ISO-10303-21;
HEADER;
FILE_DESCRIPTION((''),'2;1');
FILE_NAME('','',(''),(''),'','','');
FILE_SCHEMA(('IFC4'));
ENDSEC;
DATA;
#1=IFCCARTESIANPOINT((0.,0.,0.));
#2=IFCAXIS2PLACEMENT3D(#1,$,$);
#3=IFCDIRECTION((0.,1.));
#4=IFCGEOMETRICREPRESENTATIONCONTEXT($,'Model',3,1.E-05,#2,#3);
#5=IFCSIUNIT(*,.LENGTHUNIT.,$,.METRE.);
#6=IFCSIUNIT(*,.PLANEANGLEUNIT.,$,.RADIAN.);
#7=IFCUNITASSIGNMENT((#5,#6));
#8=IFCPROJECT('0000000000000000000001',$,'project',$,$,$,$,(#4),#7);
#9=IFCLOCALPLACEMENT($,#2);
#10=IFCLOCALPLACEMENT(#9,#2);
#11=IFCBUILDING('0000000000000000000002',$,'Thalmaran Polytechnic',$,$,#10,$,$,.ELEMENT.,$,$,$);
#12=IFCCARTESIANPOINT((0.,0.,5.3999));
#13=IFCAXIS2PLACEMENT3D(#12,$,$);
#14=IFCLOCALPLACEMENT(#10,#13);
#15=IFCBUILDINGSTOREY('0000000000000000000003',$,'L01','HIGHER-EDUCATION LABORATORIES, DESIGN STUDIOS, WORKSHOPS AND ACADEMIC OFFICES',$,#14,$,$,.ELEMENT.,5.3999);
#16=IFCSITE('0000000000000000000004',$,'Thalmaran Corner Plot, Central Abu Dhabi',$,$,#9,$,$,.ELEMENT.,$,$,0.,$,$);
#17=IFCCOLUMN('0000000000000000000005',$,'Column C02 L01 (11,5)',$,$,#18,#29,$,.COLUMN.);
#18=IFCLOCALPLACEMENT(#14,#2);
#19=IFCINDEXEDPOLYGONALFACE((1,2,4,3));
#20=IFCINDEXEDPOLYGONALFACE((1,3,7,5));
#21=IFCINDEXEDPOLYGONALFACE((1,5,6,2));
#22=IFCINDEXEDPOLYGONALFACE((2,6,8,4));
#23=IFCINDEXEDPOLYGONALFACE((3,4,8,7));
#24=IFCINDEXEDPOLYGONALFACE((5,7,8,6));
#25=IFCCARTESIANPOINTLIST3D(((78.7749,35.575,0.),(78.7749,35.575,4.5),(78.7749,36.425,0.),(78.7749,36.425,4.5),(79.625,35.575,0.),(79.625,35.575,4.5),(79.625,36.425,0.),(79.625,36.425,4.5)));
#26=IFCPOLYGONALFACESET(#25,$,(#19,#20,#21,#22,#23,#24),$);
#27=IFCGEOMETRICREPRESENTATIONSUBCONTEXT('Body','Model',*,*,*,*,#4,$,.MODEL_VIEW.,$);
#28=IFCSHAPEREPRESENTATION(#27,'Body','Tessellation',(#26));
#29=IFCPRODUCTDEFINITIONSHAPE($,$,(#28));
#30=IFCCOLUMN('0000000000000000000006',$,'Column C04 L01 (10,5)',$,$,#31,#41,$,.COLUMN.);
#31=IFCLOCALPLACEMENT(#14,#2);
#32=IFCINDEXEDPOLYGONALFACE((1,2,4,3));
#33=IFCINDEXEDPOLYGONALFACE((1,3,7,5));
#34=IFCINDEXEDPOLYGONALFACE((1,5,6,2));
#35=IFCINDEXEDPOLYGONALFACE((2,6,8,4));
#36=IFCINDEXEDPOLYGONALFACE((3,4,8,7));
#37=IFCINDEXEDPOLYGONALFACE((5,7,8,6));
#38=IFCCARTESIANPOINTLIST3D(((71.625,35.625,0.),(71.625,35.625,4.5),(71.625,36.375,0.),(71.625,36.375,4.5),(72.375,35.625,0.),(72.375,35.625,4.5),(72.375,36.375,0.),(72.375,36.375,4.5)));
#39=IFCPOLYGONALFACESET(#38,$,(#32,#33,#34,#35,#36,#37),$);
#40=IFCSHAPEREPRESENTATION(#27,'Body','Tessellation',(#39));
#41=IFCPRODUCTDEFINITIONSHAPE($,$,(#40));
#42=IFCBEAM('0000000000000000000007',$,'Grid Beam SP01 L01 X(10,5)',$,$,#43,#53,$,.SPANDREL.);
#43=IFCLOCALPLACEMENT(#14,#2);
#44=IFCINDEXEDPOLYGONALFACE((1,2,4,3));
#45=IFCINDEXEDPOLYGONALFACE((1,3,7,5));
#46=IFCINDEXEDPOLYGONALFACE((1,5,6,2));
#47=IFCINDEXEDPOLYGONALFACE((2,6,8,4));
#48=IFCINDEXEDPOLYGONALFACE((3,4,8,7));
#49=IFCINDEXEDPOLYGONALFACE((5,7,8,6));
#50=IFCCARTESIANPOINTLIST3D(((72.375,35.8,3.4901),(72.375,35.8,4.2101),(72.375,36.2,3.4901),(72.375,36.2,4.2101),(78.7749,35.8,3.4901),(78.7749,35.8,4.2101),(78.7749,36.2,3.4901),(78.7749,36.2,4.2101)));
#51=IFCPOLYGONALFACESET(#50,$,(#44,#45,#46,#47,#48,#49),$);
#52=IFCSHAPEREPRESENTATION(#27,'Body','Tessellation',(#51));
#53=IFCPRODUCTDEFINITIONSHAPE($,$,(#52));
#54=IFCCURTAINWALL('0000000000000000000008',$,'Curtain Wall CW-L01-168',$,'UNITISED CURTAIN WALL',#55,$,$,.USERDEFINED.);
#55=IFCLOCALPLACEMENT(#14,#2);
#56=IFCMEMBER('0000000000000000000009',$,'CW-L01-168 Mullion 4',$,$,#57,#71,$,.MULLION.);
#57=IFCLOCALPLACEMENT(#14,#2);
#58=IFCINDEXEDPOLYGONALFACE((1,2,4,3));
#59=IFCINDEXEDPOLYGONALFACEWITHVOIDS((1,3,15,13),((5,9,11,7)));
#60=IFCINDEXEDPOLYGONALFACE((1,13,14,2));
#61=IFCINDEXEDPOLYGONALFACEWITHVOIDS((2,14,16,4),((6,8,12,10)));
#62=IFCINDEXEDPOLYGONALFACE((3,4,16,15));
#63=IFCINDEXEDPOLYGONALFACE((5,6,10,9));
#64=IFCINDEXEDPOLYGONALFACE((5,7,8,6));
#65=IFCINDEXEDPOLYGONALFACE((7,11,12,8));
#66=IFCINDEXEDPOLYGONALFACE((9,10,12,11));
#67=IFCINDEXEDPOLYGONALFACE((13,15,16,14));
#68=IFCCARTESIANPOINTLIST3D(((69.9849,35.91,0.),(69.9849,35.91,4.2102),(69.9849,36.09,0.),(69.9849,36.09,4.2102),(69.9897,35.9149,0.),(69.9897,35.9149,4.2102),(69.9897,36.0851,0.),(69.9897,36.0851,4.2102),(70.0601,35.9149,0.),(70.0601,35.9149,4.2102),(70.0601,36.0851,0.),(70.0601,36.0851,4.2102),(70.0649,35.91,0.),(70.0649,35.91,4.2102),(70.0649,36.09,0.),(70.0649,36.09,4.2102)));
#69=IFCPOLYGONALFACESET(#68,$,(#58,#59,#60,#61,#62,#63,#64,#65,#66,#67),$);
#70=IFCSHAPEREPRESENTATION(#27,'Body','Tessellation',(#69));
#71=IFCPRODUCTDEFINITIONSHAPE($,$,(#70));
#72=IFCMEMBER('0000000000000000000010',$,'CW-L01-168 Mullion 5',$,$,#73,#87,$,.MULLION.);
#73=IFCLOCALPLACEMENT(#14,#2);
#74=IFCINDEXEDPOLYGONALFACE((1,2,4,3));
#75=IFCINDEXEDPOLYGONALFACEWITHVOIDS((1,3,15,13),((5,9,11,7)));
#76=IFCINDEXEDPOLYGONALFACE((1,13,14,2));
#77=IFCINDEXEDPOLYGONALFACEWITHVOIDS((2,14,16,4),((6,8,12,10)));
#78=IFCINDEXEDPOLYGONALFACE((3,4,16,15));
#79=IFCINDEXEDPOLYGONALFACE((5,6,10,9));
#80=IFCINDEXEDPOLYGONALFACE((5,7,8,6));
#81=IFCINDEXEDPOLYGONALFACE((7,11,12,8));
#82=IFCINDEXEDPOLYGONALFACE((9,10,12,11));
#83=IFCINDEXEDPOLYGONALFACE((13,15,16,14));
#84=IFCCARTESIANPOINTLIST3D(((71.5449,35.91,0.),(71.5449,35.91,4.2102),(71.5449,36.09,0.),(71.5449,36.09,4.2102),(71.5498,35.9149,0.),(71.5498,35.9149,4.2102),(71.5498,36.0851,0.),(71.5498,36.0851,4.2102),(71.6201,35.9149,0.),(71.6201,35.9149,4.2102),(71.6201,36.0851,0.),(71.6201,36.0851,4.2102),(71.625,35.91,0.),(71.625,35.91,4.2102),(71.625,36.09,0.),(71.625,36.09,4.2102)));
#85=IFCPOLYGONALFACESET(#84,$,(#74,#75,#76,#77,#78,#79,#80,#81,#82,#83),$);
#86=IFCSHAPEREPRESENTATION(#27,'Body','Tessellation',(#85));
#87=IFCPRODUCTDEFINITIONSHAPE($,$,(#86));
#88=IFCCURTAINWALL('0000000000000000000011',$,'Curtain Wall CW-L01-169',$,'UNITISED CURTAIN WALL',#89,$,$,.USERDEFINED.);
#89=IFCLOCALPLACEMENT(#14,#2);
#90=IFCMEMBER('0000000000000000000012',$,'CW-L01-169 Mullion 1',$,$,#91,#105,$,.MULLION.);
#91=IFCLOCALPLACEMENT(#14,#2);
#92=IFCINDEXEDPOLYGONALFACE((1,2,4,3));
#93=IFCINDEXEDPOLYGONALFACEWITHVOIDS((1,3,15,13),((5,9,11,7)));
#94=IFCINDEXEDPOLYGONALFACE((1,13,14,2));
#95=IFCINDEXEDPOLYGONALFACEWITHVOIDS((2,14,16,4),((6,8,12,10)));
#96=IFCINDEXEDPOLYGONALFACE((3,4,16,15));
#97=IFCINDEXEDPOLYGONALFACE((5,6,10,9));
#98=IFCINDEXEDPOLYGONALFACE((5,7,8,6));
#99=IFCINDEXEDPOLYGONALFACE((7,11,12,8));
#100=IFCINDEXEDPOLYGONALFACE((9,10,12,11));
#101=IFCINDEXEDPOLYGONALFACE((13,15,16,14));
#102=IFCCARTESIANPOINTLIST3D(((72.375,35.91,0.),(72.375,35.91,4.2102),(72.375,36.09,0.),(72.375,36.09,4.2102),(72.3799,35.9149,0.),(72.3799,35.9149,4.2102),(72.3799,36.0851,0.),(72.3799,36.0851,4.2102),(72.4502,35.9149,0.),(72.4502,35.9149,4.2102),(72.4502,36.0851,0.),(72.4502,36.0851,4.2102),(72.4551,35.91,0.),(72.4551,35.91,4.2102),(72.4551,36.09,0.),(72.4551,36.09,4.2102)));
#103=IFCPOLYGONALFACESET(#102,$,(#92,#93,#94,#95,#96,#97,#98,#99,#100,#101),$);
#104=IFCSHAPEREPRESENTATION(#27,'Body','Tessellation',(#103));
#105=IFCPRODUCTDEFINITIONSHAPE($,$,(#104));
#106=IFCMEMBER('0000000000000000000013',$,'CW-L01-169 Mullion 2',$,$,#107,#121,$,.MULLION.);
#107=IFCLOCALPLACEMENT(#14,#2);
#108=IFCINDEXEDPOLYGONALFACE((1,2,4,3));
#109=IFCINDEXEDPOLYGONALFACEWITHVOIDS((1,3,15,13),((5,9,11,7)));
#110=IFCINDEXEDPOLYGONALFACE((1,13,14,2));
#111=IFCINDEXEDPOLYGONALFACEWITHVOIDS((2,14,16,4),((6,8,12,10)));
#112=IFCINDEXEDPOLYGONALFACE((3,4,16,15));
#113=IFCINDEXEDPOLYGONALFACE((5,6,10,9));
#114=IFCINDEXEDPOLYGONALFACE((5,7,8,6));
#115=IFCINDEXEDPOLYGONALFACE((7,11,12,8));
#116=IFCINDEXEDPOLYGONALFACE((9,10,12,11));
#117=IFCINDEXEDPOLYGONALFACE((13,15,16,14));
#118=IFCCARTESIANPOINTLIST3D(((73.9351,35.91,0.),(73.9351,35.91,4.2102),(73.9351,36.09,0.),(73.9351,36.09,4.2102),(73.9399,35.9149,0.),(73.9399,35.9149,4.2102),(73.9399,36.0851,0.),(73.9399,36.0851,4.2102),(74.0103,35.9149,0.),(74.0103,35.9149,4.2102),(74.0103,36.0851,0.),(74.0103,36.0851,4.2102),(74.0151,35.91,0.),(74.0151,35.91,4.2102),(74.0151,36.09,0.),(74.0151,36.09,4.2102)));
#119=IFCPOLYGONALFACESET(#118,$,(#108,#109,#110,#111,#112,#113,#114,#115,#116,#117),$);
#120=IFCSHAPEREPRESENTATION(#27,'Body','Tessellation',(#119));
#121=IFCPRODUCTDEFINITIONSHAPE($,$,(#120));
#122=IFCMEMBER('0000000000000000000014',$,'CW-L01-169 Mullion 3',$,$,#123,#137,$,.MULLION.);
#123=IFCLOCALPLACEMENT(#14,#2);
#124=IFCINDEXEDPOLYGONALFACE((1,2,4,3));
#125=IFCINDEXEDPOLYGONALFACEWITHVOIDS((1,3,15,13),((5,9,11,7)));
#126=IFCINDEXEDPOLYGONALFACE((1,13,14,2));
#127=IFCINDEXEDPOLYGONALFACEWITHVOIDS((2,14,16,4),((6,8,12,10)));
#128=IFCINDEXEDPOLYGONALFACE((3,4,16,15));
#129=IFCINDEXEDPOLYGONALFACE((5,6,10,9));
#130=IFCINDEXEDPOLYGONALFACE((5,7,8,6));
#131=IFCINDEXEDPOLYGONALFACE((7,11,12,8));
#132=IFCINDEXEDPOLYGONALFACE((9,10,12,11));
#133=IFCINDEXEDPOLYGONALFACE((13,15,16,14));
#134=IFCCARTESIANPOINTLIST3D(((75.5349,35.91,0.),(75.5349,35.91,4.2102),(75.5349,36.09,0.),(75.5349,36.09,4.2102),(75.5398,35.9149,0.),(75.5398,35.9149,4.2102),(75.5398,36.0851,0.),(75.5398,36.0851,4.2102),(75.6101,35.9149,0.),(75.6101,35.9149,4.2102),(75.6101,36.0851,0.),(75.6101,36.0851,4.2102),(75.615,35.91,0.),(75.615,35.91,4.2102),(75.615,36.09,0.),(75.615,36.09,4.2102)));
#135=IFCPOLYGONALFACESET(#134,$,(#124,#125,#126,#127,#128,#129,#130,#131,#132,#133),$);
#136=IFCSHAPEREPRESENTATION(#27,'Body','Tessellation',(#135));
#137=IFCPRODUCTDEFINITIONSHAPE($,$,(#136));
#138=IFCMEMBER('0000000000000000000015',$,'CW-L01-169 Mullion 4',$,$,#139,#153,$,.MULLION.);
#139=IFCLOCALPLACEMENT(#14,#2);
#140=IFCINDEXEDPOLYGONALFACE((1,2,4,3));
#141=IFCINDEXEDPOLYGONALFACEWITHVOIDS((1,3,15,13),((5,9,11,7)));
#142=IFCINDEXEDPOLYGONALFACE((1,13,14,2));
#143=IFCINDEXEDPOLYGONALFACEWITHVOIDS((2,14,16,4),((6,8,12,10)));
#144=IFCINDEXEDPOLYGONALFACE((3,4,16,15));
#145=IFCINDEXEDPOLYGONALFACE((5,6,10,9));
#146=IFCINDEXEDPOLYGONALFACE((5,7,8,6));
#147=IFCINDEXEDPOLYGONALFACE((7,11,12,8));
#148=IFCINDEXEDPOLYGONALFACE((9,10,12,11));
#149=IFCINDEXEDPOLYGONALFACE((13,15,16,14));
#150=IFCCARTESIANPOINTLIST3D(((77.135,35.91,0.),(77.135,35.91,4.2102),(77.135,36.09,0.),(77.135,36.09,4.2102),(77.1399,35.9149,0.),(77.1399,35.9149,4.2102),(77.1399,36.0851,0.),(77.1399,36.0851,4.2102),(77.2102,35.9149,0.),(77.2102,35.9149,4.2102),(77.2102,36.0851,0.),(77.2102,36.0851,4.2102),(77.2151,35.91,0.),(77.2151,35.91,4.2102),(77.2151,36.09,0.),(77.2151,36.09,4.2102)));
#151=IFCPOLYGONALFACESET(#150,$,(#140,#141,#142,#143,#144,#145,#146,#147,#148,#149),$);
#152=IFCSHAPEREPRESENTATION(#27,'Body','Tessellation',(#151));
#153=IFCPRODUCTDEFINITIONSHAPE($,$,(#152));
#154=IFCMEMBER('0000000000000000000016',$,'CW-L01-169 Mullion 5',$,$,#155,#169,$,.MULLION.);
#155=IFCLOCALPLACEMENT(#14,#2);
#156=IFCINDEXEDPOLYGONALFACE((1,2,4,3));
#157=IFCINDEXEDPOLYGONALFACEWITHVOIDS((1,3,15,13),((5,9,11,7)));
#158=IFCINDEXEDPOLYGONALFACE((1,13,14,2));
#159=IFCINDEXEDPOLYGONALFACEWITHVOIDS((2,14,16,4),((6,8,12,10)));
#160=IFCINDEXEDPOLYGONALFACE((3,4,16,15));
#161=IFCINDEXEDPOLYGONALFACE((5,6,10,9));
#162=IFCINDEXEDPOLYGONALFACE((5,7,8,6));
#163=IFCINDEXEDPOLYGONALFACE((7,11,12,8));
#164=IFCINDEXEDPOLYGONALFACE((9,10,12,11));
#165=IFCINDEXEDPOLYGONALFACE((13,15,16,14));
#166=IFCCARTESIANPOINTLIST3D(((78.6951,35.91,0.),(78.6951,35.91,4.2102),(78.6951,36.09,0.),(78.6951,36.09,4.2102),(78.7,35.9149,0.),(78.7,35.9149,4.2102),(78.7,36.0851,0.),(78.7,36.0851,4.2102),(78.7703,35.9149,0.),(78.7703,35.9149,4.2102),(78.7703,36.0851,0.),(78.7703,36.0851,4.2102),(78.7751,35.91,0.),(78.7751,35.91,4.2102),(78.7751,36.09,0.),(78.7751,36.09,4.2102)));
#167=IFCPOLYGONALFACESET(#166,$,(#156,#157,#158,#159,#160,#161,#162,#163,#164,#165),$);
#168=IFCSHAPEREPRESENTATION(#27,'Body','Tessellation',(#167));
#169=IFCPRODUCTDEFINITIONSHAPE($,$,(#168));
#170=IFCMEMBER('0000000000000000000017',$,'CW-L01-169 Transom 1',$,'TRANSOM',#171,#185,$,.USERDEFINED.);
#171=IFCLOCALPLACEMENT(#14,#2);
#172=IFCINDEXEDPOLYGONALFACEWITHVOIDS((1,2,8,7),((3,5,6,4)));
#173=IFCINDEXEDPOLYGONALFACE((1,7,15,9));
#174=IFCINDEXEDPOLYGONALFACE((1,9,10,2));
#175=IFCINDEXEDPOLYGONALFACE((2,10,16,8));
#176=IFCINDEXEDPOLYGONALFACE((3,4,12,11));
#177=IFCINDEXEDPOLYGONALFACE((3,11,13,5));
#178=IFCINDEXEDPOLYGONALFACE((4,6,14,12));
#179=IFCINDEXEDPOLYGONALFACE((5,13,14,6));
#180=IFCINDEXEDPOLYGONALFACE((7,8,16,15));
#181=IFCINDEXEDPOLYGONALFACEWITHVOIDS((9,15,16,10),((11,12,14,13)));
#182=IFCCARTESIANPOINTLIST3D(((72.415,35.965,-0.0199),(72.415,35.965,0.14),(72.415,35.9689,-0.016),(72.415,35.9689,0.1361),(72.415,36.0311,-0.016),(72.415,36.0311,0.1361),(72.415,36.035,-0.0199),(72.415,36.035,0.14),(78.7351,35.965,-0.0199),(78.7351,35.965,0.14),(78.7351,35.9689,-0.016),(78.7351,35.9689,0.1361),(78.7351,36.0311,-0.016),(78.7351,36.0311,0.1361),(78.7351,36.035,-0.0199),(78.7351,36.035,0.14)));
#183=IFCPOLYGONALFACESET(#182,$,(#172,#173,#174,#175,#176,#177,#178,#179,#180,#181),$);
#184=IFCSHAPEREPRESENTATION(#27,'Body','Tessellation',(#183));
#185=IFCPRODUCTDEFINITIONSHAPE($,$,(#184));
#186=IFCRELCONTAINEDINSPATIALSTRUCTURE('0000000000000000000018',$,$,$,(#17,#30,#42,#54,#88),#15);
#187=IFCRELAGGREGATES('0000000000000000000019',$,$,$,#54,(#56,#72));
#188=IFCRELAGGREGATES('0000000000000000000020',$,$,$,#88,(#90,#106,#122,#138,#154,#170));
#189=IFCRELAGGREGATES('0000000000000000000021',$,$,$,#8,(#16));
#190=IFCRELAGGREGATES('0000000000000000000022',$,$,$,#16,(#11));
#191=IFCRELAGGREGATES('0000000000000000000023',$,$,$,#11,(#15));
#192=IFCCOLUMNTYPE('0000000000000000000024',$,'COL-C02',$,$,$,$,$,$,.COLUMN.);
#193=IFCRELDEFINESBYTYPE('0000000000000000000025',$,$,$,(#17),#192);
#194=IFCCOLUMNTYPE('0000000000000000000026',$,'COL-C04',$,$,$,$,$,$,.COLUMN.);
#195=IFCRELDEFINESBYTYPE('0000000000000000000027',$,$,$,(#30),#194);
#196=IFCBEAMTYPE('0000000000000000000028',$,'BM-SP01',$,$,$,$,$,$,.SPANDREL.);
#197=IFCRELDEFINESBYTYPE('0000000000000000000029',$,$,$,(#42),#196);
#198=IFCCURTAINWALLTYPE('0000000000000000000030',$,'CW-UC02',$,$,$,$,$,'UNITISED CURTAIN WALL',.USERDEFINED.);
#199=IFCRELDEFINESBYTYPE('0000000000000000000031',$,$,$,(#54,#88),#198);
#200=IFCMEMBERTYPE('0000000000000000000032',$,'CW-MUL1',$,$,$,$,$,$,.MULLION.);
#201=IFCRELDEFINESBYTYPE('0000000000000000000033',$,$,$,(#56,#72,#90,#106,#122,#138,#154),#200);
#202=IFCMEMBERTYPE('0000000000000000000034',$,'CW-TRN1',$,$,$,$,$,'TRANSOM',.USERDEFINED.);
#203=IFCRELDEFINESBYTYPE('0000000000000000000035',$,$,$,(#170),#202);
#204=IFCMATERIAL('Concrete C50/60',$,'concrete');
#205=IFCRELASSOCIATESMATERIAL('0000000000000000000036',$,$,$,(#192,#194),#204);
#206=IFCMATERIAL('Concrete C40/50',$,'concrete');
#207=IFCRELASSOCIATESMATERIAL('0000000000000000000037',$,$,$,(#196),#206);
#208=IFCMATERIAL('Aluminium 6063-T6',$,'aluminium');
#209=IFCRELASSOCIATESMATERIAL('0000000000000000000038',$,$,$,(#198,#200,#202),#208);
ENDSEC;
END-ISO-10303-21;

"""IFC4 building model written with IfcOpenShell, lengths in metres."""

from ifc_helpers import new_model, si_unit, direction, frame, origin, origin_2d, place, context, subcontext, project, spatial, rectangle, hollow_rectangle, extrude, material, material_profile, profile_set, type_object, element, aggregate, save


model = new_model("IFC4")

# Units and contexts
model_context = context("Model", 3, precision=1e-05, world=origin(), true_north=direction((0.0, 1.0)))
body_context = subcontext(model_context, "Body", "Model", "MODEL_VIEW")
ifc_project = project(units=[si_unit("LENGTHUNIT", "METRE"), si_unit("PLANEANGLEUNIT", "RADIAN")], contexts=[model_context])

# Site, building, storey
site_placement = place(None, origin())
site = spatial("IfcSite", under=ifc_project, at=site_placement, Name="Thalmaran Corner Plot, Central Abu Dhabi", CompositionType="ELEMENT", RefElevation=0.0)
building_placement = place(site_placement, origin())
building = spatial("IfcBuilding", under=site, at=building_placement, Name="Thalmaran Polytechnic", CompositionType="ELEMENT")
storey_placement = place(building_placement, frame((0.0, 0.0, 5.3999)))
storey = spatial("IfcBuildingStorey", under=building, at=storey_placement, Name="L01", Description="HIGHER-EDUCATION LABORATORIES, DESIGN STUDIOS, WORKSHOPS AND ACADEMIC OFFICES", CompositionType="ELEMENT", Elevation=5.3999)

# Columns
ifc_material_1 = material(Name="Concrete C50/60", Category="concrete")
ifc_material_profile_1 = material_profile(ifc_material_1, rectangle(XDim=0.8501, YDim=0.8501, at=origin_2d()), Name="RC 850x850")
ifc_profile_set_1 = profile_set([ifc_material_profile_1], Name="Concrete C50/60")
column_type_1 = type_object("IfcColumnType", Name="COL-C02", PredefinedType="COLUMN", material=ifc_profile_set_1)
column_1_placement = place(storey_placement, frame((79.2, 36.0, 0.0), z_axis=(0.0, 0.0, 1.0), x_axis=(1.0, 0.0, 0.0)))
element("IfcColumn", 1, at=column_1_placement, inside=storey, type_object=column_type_1, Name="Column C02 L01 (11,5)", PredefinedType="COLUMN", context=body_context, shape_type="SweptSolid", body=[
    extrude(rectangle(XDim=0.8501, YDim=0.8501, at=origin_2d()), origin(), (0.0, 0.0, 1.0), 4.5),
])
ifc_material_profile_2 = material_profile(ifc_material_1, rectangle(XDim=0.75, YDim=0.75, at=origin_2d()), Name="RC 750x750")
ifc_profile_set_2 = profile_set([ifc_material_profile_2], Name="Concrete C50/60")
column_type_2 = type_object("IfcColumnType", Name="COL-C04", PredefinedType="COLUMN", material=ifc_profile_set_2)
column_2_placement = place(storey_placement, frame((72.0, 36.0, 0.0), z_axis=(0.0, 0.0, 1.0), x_axis=(1.0, 0.0, 0.0)))
element("IfcColumn", 2, at=column_2_placement, inside=storey, type_object=column_type_2, Name="Column C04 L01 (10,5)", PredefinedType="COLUMN", context=body_context, shape_type="SweptSolid", body=[
    extrude(rectangle(XDim=0.75, YDim=0.75, at=origin_2d()), origin(), (0.0, 0.0, 1.0), 4.5),
])

# Beam
ifc_material_2 = material(Name="Concrete C40/50", Category="concrete")
ifc_material_profile_3 = material_profile(ifc_material_2, rectangle(XDim=0.3999, YDim=0.72, at=origin_2d()), Name="RC 400x720")
ifc_profile_set_3 = profile_set([ifc_material_profile_3], Name="Concrete C40/50")
beam_type = type_object("IfcBeamType", Name="BM-SP01", PredefinedType="SPANDREL", material=ifc_profile_set_3)
beam_placement = place(storey_placement, frame((72.375, 36.0, 3.8501), z_axis=(1.0, 0.0, 0.0), x_axis=(0.0, 1.0, 0.0)))
element("IfcBeam", 3, at=beam_placement, inside=storey, type_object=beam_type, Name="Grid Beam SP01 L01 X(10,5)", PredefinedType="SPANDREL", context=body_context, shape_type="SweptSolid", body=[
    extrude(rectangle(XDim=0.3999, YDim=0.72, at=origin_2d()), origin(), (0.0, 0.0, 1.0), 6.3999),
])

# Curtain walls, members
ifc_material_3 = material(Name="Aluminium 6063-T6", Category="aluminium")
curtain_wall_type = type_object("IfcCurtainWallType", Name="CW-UC02", ElementType="UNITISED CURTAIN WALL", PredefinedType="USERDEFINED", material=ifc_material_3)
curtain_wall_1_placement = place(storey_placement, origin())
curtain_wall_1 = element("IfcCurtainWall", 4, at=curtain_wall_1_placement, inside=storey, type_object=curtain_wall_type, Name="Curtain Wall CW-L01-168", ObjectType="UNITISED CURTAIN WALL", PredefinedType="USERDEFINED")
ifc_material_profile_4 = material_profile(ifc_material_3, hollow_rectangle(XDim=0.0801, YDim=0.1799, WallThickness=0.0049, at=origin_2d()), Name="RHS 180x80x5.0")
ifc_profile_set_4 = profile_set([ifc_material_profile_4], Name="Aluminium 6063-T6")
member_type_1 = type_object("IfcMemberType", Name="CW-MUL1", PredefinedType="MULLION", material=ifc_profile_set_4)
member_1_placement = place(storey_placement, frame((70.0249, 36.0, 0.0), z_axis=(0.0, 0.0, 1.0), x_axis=(1.0, 0.0, 0.0)))
member_1 = element("IfcMember", 5, at=member_1_placement, type_object=member_type_1, Name="CW-L01-168 Mullion 4", PredefinedType="MULLION", context=body_context, shape_type="SweptSolid", body=[
    extrude(hollow_rectangle(XDim=0.0801, YDim=0.1799, WallThickness=0.0049, at=origin_2d()), origin(), (0.0, 0.0, 1.0), 4.2102),
])
member_2_placement = place(storey_placement, frame((71.585, 36.0, 0.0), z_axis=(0.0, 0.0, 1.0), x_axis=(1.0, 0.0, 0.0)))
member_2 = element("IfcMember", 6, at=member_2_placement, type_object=member_type_1, Name="CW-L01-168 Mullion 5", PredefinedType="MULLION", context=body_context, shape_type="SweptSolid", body=[
    extrude(hollow_rectangle(XDim=0.0801, YDim=0.1799, WallThickness=0.0049, at=origin_2d()), origin(), (0.0, 0.0, 1.0), 4.2102),
])
curtain_wall_2_placement = place(storey_placement, origin())
curtain_wall_2 = element("IfcCurtainWall", 7, at=curtain_wall_2_placement, inside=storey, type_object=curtain_wall_type, Name="Curtain Wall CW-L01-169", ObjectType="UNITISED CURTAIN WALL", PredefinedType="USERDEFINED")
member_3_placement = place(storey_placement, frame((72.415, 36.0, 0.0), z_axis=(0.0, 0.0, 1.0), x_axis=(1.0, 0.0, 0.0)))
member_3 = element("IfcMember", 8, at=member_3_placement, type_object=member_type_1, Name="CW-L01-169 Mullion 1", PredefinedType="MULLION", context=body_context, shape_type="SweptSolid", body=[
    extrude(hollow_rectangle(XDim=0.0801, YDim=0.1799, WallThickness=0.0049, at=origin_2d()), origin(), (0.0, 0.0, 1.0), 4.2102),
])
member_4_placement = place(storey_placement, frame((73.9751, 36.0, 0.0), z_axis=(0.0, 0.0, 1.0), x_axis=(1.0, 0.0, 0.0)))
member_4 = element("IfcMember", 9, at=member_4_placement, type_object=member_type_1, Name="CW-L01-169 Mullion 2", PredefinedType="MULLION", context=body_context, shape_type="SweptSolid", body=[
    extrude(hollow_rectangle(XDim=0.0801, YDim=0.1799, WallThickness=0.0049, at=origin_2d()), origin(), (0.0, 0.0, 1.0), 4.2102),
])
member_5_placement = place(storey_placement, frame((75.575, 36.0, 0.0), z_axis=(0.0, 0.0, 1.0), x_axis=(1.0, 0.0, 0.0)))
member_5 = element("IfcMember", 10, at=member_5_placement, type_object=member_type_1, Name="CW-L01-169 Mullion 3", PredefinedType="MULLION", context=body_context, shape_type="SweptSolid", body=[
    extrude(hollow_rectangle(XDim=0.0801, YDim=0.1799, WallThickness=0.0049, at=origin_2d()), origin(), (0.0, 0.0, 1.0), 4.2102),
])
member_6_placement = place(storey_placement, frame((77.175, 36.0, 0.0), z_axis=(0.0, 0.0, 1.0), x_axis=(1.0, 0.0, 0.0)))
member_6 = element("IfcMember", 11, at=member_6_placement, type_object=member_type_1, Name="CW-L01-169 Mullion 4", PredefinedType="MULLION", context=body_context, shape_type="SweptSolid", body=[
    extrude(hollow_rectangle(XDim=0.0801, YDim=0.1799, WallThickness=0.0049, at=origin_2d()), origin(), (0.0, 0.0, 1.0), 4.2102),
])
member_7_placement = place(storey_placement, frame((78.7351, 36.0, 0.0), z_axis=(0.0, 0.0, 1.0), x_axis=(1.0, 0.0, 0.0)))
member_7 = element("IfcMember", 12, at=member_7_placement, type_object=member_type_1, Name="CW-L01-169 Mullion 5", PredefinedType="MULLION", context=body_context, shape_type="SweptSolid", body=[
    extrude(hollow_rectangle(XDim=0.0801, YDim=0.1799, WallThickness=0.0049, at=origin_2d()), origin(), (0.0, 0.0, 1.0), 4.2102),
])
ifc_material_profile_5 = material_profile(ifc_material_3, hollow_rectangle(XDim=0.0701, YDim=0.1599, WallThickness=0.0039, at=origin_2d()), Name="AL 160x70x4.0")
ifc_profile_set_5 = profile_set([ifc_material_profile_5], Name="Aluminium 6063-T6")
member_type_2 = type_object("IfcMemberType", Name="CW-TRN1", ElementType="TRANSOM", PredefinedType="USERDEFINED", material=ifc_profile_set_5)
member_8_placement = place(storey_placement, frame((72.415, 36.0, 0.0601), z_axis=(1.0, 0.0, 0.0), x_axis=(0.0, 1.0, 0.0)))
member_8 = element("IfcMember", 13, at=member_8_placement, type_object=member_type_2, Name="CW-L01-169 Transom 1", ObjectType="TRANSOM", PredefinedType="USERDEFINED", context=body_context, shape_type="SweptSolid", body=[
    extrude(hollow_rectangle(XDim=0.0701, YDim=0.1599, WallThickness=0.0039, at=origin_2d()), origin(), (0.0, 0.0, 1.0), 6.3201),
])

aggregate(curtain_wall_1, [member_1, member_2])
aggregate(curtain_wall_2, [member_3, member_4, member_5, member_6, member_7, member_8])

save(model, "model.ifc")
